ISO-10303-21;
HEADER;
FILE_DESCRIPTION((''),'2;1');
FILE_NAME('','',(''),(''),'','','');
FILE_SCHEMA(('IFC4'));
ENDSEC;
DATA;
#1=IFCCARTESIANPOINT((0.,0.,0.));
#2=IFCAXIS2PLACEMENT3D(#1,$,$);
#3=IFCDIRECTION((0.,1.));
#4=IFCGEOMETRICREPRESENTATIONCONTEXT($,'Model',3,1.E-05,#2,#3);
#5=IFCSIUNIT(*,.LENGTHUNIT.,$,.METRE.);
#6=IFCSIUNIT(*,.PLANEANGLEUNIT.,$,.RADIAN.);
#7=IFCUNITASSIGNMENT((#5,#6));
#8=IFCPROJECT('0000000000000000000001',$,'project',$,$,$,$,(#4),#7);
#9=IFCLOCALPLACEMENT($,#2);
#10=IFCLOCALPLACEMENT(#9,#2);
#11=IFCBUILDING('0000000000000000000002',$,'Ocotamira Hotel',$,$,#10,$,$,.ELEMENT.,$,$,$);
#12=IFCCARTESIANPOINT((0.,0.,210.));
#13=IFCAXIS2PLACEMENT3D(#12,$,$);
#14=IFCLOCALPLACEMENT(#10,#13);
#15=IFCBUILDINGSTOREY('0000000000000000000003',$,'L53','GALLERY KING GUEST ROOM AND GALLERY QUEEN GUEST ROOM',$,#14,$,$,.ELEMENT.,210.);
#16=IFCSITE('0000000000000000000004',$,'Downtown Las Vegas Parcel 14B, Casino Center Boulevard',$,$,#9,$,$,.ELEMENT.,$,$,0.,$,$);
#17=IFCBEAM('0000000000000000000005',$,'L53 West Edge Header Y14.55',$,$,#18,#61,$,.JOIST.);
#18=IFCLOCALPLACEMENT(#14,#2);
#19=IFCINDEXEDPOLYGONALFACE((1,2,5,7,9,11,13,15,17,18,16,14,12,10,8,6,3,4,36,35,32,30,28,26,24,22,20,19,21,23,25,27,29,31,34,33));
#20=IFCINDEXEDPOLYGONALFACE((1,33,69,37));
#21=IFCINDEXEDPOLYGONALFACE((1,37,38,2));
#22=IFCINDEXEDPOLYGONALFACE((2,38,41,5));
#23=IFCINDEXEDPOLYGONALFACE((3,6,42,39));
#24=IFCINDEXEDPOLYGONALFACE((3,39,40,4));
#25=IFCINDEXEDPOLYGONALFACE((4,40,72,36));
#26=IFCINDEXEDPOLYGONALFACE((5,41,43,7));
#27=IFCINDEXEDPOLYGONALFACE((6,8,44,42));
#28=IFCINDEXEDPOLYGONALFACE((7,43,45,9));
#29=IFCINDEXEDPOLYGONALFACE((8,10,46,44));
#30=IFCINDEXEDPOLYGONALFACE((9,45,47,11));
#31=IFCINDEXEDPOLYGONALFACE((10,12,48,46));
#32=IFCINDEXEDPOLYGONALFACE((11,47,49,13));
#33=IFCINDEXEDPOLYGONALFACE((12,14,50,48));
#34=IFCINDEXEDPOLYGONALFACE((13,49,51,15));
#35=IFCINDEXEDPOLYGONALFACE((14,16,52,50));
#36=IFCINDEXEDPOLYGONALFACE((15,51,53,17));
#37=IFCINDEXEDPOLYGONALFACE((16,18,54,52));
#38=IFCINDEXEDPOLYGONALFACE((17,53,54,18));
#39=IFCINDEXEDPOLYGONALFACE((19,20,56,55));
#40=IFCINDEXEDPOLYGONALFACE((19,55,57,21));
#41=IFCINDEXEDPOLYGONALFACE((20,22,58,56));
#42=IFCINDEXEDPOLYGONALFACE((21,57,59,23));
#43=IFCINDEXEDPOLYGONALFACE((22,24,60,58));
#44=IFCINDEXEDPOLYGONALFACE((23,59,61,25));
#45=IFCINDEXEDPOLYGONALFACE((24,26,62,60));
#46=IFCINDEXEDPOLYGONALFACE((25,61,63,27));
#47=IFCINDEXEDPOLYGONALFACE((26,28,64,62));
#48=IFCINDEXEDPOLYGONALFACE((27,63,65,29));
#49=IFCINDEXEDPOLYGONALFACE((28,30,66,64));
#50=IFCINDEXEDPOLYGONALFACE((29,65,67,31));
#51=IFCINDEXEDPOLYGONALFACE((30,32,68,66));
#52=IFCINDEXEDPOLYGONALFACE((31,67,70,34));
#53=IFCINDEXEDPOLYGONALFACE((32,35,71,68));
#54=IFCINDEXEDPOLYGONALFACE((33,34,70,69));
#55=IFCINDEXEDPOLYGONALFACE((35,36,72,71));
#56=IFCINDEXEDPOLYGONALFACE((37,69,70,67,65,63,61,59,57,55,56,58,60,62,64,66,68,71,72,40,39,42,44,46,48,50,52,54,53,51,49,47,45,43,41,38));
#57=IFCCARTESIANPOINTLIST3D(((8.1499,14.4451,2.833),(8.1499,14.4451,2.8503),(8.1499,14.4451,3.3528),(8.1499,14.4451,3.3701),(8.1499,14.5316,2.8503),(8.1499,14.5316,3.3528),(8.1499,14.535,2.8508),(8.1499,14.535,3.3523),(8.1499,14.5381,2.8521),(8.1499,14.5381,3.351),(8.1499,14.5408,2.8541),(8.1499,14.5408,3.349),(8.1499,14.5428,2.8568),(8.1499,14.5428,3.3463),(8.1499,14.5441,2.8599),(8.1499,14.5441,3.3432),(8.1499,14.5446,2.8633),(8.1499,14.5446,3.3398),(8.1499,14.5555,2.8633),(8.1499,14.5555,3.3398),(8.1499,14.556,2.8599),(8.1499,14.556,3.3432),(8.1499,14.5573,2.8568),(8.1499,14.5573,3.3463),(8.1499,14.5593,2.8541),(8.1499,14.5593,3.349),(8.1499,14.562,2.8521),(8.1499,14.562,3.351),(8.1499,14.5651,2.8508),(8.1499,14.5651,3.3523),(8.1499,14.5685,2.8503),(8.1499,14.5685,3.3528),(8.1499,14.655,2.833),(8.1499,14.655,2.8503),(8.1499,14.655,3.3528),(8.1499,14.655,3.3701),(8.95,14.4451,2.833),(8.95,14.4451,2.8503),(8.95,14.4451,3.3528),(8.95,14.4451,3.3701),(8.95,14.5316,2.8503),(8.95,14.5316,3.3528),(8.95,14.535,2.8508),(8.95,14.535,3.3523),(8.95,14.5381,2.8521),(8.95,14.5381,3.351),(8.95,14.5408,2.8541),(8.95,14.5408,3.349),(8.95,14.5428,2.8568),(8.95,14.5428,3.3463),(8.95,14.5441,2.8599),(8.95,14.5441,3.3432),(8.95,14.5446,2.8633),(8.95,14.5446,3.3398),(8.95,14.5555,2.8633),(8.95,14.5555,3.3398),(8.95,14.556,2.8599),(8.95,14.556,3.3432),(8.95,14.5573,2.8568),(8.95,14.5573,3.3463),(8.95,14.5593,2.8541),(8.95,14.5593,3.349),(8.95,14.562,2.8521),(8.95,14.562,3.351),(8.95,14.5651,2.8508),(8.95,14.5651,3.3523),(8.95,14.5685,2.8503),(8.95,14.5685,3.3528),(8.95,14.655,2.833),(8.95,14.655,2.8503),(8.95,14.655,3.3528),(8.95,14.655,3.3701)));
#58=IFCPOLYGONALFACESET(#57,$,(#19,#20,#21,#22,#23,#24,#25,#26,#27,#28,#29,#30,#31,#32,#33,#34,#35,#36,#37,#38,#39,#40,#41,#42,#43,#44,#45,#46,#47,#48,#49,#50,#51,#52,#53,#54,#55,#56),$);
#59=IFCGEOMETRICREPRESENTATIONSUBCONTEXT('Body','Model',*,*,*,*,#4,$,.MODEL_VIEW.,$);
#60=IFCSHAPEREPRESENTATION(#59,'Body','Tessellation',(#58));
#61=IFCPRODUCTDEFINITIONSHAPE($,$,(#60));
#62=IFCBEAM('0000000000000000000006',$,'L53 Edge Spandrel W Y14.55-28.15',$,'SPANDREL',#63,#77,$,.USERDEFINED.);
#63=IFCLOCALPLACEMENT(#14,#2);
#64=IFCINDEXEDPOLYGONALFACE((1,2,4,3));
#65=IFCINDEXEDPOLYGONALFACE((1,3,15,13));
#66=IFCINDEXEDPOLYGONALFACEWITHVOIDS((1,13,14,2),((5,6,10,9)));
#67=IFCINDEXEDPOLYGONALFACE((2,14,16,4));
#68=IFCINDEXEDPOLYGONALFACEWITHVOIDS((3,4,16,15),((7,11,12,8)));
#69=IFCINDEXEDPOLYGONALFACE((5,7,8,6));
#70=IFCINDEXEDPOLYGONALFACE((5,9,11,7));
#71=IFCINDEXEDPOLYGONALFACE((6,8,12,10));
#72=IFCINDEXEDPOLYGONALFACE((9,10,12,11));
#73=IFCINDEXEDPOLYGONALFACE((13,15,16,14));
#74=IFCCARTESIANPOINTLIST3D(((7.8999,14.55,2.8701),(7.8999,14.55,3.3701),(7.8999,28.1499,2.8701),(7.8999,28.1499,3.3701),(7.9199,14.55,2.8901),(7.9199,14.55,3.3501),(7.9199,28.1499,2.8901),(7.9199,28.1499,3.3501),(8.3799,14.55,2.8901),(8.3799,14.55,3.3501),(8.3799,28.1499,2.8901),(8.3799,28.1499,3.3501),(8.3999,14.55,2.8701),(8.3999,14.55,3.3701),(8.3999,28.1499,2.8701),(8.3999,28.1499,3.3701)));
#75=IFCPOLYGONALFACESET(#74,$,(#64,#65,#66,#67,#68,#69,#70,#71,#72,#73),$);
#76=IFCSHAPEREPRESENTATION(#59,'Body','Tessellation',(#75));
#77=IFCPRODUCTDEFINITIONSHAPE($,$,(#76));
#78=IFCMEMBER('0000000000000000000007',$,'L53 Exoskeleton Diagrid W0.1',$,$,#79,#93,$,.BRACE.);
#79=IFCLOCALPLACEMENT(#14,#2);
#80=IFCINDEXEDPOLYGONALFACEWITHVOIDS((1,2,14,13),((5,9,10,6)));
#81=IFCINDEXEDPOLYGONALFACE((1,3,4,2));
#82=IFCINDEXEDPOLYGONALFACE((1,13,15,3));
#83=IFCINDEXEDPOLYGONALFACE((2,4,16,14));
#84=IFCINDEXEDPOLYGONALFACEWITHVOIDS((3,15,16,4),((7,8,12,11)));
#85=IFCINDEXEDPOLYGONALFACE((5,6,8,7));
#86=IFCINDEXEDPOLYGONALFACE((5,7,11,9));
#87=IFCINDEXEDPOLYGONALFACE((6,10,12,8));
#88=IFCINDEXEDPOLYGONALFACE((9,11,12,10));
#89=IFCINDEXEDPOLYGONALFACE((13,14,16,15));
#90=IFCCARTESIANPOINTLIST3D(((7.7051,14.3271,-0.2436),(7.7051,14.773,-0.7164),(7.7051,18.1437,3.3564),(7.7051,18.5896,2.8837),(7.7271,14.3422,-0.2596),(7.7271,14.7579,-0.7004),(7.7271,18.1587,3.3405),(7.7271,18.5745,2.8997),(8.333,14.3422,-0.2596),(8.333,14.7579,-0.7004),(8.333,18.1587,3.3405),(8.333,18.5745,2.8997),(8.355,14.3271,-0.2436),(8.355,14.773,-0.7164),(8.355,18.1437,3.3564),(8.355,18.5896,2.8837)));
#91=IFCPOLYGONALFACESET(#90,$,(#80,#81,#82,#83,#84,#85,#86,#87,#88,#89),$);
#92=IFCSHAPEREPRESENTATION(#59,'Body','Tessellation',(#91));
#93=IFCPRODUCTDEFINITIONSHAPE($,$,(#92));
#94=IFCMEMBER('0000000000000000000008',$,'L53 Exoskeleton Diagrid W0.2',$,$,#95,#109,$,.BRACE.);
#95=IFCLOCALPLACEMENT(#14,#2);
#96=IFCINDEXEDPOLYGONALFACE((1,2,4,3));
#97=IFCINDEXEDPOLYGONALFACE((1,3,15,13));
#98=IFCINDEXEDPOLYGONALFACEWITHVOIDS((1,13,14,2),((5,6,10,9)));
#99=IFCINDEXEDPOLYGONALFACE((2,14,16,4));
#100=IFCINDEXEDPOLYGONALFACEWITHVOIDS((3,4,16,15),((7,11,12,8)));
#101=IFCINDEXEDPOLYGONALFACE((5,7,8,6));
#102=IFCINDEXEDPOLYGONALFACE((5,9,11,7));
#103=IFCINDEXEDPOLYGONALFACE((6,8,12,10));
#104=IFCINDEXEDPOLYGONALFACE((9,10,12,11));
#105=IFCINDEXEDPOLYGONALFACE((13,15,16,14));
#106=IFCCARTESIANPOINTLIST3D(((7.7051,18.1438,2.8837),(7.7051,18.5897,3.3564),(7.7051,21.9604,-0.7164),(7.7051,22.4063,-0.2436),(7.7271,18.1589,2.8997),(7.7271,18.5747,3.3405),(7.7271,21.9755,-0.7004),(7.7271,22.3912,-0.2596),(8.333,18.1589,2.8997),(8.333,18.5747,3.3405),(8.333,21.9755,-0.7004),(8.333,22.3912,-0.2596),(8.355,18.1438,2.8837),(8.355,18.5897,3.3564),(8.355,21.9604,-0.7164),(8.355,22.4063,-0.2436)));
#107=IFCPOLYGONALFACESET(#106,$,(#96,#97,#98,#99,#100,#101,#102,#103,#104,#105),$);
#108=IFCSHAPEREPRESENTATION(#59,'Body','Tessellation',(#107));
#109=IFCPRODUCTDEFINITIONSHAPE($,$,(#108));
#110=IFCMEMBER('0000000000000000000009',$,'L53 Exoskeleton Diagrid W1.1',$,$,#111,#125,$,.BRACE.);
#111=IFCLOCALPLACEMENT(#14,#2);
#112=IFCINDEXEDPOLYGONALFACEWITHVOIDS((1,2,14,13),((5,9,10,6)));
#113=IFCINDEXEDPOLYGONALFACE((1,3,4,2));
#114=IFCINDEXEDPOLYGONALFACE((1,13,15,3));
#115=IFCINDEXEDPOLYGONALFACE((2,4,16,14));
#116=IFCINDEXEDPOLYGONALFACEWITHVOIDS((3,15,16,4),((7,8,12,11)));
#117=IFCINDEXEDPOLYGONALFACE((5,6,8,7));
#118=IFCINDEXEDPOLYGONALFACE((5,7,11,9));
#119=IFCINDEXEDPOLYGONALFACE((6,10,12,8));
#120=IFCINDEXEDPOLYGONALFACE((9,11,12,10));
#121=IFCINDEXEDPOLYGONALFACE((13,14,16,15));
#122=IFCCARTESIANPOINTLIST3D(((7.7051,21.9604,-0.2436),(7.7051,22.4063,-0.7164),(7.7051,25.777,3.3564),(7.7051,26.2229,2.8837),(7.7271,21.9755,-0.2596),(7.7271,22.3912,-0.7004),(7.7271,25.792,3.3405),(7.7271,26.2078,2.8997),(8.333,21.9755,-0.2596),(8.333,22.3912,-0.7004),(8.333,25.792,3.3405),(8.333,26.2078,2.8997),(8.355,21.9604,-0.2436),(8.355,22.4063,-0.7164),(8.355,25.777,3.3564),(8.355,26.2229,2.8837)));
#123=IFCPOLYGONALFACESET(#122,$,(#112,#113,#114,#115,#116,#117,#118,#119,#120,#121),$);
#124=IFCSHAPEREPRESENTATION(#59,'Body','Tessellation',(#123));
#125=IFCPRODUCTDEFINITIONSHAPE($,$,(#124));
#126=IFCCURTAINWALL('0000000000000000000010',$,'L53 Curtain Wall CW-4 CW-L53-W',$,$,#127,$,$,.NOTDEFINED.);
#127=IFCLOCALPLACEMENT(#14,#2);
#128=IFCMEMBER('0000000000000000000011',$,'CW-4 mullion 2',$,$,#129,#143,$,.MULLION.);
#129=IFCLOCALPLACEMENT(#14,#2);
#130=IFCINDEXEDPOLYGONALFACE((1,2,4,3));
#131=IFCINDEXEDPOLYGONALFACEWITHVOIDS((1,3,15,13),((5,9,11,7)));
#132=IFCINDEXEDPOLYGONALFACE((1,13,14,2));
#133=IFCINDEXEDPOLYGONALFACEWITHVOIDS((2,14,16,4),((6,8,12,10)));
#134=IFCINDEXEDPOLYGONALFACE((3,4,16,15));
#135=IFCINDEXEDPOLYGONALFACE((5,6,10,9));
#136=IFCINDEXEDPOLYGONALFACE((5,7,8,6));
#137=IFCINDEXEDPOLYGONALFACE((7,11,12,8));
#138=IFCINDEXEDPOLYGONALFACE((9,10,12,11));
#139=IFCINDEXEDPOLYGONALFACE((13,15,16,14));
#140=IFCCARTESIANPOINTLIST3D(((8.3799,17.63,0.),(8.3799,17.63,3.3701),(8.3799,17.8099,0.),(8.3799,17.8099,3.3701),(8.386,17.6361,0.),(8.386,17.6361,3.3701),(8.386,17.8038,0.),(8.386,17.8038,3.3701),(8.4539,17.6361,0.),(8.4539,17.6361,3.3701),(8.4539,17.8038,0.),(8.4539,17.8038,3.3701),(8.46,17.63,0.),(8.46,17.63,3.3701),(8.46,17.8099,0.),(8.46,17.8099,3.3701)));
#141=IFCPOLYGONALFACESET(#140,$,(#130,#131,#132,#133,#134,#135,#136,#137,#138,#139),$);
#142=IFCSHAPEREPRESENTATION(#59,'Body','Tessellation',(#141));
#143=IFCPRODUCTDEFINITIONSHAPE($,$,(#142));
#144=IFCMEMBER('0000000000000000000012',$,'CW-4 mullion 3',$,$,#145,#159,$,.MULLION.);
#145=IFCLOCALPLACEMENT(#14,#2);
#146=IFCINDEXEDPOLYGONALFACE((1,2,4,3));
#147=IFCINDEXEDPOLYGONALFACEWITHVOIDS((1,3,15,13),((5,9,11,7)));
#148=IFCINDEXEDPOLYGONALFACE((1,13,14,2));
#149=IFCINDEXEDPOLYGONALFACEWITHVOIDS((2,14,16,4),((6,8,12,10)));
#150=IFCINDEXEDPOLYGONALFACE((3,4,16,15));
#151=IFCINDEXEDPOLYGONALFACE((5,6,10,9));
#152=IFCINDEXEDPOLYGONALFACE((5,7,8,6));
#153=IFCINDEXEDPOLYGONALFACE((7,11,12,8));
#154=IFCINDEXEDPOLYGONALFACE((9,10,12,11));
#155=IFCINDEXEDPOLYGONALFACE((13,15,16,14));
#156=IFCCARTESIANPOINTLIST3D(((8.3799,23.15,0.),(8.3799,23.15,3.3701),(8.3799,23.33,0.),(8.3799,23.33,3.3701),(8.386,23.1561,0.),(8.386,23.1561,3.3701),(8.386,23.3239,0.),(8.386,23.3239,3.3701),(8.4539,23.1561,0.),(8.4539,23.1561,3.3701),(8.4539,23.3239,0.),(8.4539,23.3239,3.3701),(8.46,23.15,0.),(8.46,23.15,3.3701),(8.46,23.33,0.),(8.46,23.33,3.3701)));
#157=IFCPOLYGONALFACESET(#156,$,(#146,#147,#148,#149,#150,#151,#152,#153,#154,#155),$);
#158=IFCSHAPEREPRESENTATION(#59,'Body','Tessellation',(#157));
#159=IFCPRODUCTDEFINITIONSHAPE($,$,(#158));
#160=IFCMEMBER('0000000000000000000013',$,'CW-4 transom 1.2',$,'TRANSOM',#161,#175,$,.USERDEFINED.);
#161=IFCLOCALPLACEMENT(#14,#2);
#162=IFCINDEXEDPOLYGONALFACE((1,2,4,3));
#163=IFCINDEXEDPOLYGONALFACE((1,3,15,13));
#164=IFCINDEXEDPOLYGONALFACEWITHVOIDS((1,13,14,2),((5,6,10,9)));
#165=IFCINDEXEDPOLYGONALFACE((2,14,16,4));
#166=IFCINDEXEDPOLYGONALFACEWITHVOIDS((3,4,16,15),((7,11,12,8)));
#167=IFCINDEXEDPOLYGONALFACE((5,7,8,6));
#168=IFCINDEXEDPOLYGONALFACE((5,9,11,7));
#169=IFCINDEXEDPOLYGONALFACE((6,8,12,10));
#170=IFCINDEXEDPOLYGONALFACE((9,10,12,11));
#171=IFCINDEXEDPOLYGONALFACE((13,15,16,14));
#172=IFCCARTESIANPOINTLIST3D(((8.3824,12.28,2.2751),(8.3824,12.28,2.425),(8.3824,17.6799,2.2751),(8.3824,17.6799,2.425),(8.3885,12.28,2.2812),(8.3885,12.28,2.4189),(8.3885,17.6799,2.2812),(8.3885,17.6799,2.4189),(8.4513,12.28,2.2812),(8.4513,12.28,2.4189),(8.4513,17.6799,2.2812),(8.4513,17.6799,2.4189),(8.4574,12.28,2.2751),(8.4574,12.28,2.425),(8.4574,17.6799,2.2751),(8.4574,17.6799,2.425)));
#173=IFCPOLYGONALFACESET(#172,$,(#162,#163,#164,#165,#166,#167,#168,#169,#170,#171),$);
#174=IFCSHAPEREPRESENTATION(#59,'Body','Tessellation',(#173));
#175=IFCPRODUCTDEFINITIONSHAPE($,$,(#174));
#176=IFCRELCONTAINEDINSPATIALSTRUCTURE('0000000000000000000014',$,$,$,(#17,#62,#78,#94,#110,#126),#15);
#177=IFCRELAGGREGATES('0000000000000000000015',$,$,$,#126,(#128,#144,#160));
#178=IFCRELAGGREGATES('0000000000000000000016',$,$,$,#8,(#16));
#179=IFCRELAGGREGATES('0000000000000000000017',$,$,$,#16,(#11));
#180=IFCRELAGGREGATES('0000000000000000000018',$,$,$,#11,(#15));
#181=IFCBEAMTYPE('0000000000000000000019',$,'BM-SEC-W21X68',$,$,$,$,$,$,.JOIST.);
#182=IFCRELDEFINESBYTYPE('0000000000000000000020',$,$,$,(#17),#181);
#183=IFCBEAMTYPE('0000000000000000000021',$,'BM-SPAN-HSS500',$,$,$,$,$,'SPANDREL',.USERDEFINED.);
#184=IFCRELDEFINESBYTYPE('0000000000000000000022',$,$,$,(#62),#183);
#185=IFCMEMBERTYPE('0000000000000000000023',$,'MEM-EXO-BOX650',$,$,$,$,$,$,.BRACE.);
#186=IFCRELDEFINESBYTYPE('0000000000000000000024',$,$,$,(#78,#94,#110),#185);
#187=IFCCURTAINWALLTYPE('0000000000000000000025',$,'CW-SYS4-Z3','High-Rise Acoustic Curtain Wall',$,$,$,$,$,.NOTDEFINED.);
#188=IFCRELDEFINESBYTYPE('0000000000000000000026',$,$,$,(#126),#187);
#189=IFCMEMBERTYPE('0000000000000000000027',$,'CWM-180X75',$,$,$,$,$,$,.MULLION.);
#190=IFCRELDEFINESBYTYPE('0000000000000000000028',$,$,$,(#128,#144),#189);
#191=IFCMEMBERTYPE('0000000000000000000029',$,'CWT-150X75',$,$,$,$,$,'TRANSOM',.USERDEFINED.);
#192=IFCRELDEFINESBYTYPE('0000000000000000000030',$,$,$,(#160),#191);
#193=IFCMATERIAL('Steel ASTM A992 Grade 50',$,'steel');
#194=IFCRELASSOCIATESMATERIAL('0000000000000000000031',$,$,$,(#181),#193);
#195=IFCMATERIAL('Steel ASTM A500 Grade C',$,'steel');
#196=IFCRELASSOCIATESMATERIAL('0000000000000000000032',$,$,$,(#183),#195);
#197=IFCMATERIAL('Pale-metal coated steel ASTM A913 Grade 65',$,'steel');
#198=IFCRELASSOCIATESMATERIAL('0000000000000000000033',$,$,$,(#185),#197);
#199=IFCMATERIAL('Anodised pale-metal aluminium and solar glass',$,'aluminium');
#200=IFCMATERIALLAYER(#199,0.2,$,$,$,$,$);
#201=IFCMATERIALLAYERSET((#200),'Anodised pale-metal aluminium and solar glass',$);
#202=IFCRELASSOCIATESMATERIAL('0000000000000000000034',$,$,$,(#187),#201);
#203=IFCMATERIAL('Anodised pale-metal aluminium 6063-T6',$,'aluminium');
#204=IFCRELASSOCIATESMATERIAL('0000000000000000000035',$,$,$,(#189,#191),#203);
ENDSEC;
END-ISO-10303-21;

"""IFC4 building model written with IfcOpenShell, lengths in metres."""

from ifc_helpers import new_model, si_unit, direction, frame, origin, origin_2d, place, context, subcontext, project, spatial, hollow_rectangle, i_section, extrude, source, transform, mapped, material, layer, layer_set, material_profile, profile_set, type_object, element, aggregate, save


model = new_model("IFC4")

# Units and contexts
model_context = context("Model", 3, precision=1e-05, world=origin(), true_north=direction((0.0, 1.0)))
body_context = subcontext(model_context, "Body", "Model", "MODEL_VIEW")
ifc_project = project(units=[si_unit("LENGTHUNIT", "METRE"), si_unit("PLANEANGLEUNIT", "RADIAN")], contexts=[model_context])

# Site, building, storey
site_placement = place(None, origin())
site = spatial("IfcSite", under=ifc_project, at=site_placement, Name="Downtown Las Vegas Parcel 14B, Casino Center Boulevard", CompositionType="ELEMENT", RefElevation=0.0)
building_placement = place(site_placement, origin())
building = spatial("IfcBuilding", under=site, at=building_placement, Name="Ocotamira Hotel", CompositionType="ELEMENT")
storey_placement = place(building_placement, frame((0.0, 0.0, 210.0)))
storey = spatial("IfcBuildingStorey", under=building, at=storey_placement, Name="L53", Description="GALLERY KING GUEST ROOM AND GALLERY QUEEN GUEST ROOM", CompositionType="ELEMENT", Elevation=210.0)

# Beams
ifc_material_1 = material(Name="Steel ASTM A992 Grade 50", Category="steel")
ifc_material_profile_1 = material_profile(ifc_material_1, i_section(OverallWidth=0.21, OverallDepth=0.5371, WebThickness=0.011, FlangeThickness=0.0173, FilletRadius=0.0129, at=origin_2d()), Name="W21X68")
ifc_profile_set_1 = profile_set([ifc_material_profile_1], Name="Steel ASTM A992 Grade 50")
beam_type_1 = type_object("IfcBeamType", Name="BM-SEC-W21X68", PredefinedType="JOIST", material=ifc_profile_set_1)
shared_shape_1 = source(origin(), body_context, "Body", "SweptSolid", [
    extrude(i_section(OverallWidth=0.21, OverallDepth=0.5371, WebThickness=0.011, FlangeThickness=0.0173, FilletRadius=0.0129, at=origin_2d()), origin(), (0.0, 0.0, 1.0), 0.8),
])
beam_1_placement = place(storey_placement, frame((8.95, 14.55, 3.1016), z_axis=(-1.0, 0.0, 0.0), x_axis=(0.0, -1.0, 0.0)))
element("IfcBeam", 1, at=beam_1_placement, inside=storey, type_object=beam_type_1, Name="L53 West Edge Header Y14.55", PredefinedType="JOIST", context=body_context, shape_type="MappedRepresentation", body=[
    mapped(shared_shape_1, transform((0.0, 0.0, 0.0), scale=1.0)),
])
ifc_material_2 = material(Name="Steel ASTM A500 Grade C", Category="steel")
ifc_material_profile_2 = material_profile(ifc_material_2, hollow_rectangle(XDim=0.5, YDim=0.5, WallThickness=0.02, at=origin_2d()), Name="HSS500X500X20")
ifc_profile_set_2 = profile_set([ifc_material_profile_2], Name="Steel ASTM A500 Grade C")
beam_type_2 = type_object("IfcBeamType", Name="BM-SPAN-HSS500", ElementType="SPANDREL", PredefinedType="USERDEFINED", material=ifc_profile_set_2)
shared_shape_2 = source(origin(), body_context, "Body", "SweptSolid", [
    extrude(hollow_rectangle(XDim=0.5, YDim=0.5, WallThickness=0.02, at=origin_2d()), origin(), (0.0, 0.0, 1.0), 13.5999),
])
beam_2_placement = place(storey_placement, frame((8.1499, 14.55, 3.1201), z_axis=(0.0, 1.0, 0.0), x_axis=(-1.0, 0.0, 0.0)))
element("IfcBeam", 2, at=beam_2_placement, inside=storey, type_object=beam_type_2, Name="L53 Edge Spandrel W Y14.55-28.15", ObjectType="SPANDREL", PredefinedType="USERDEFINED", context=body_context, shape_type="MappedRepresentation", body=[
    mapped(shared_shape_2, transform((0.0, 0.0, 0.0), scale=1.0)),
])

# Members
ifc_material_3 = material(Name="Pale-metal coated steel ASTM A913 Grade 65", Category="steel")
ifc_material_profile_3 = material_profile(ifc_material_3, hollow_rectangle(XDim=0.6499, YDim=0.6499, WallThickness=0.022, at=origin_2d()), Name="BOX650X650X22")
ifc_profile_set_3 = profile_set([ifc_material_profile_3], Name="Pale-metal coated steel ASTM A913 Grade 65")
member_type_1 = type_object("IfcMemberType", Name="MEM-EXO-BOX650", PredefinedType="BRACE", material=ifc_profile_set_3)
shared_shape_3 = source(origin(), body_context, "Body", "SweptSolid", [
    extrude(hollow_rectangle(XDim=0.6499, YDim=0.6499, WallThickness=0.022, at=origin_2d()), origin(), (0.0, 0.0, 1.0), 5.2466),
])
for number, where, z_axis, x_axis, name in (
    (3, (8.03, 14.55, -0.48), (0.0, 0.727443, 0.686168), (-1.0, 0.0, 0.0), "L53 Exoskeleton Diagrid W0.1"),
    (4, (8.03, 22.1833, -0.48), (0.0, -0.727443, 0.686168), (1.0, 0.0, 0.0), "L53 Exoskeleton Diagrid W0.2"),
    (5, (8.03, 22.1833, -0.48), (0.0, 0.727443, 0.686168), (-1.0, 0.0, 0.0), "L53 Exoskeleton Diagrid W1.1"),
):
    element("IfcMember", number, at=place(storey_placement, frame(where, z_axis=z_axis, x_axis=x_axis)), inside=storey, type_object=member_type_1, Name=name, PredefinedType="BRACE", context=body_context, shape_type="MappedRepresentation", body=[
        mapped(shared_shape_3, transform((0.0, 0.0, 0.0), scale=1.0)),
    ])

# Curtain wall, members
ifc_material_4 = material(Name="Anodised pale-metal aluminium and solar glass", Category="aluminium")
ifc_layer_1 = layer(ifc_material_4, 0.2)
ifc_layer_set_1 = layer_set([ifc_layer_1], Name="Anodised pale-metal aluminium and solar glass")
curtain_wall_type = type_object("IfcCurtainWallType", Name="CW-SYS4-Z3", Description="High-Rise Acoustic Curtain Wall", PredefinedType="NOTDEFINED", material=ifc_layer_set_1)
curtain_wall_placement = place(storey_placement, origin())
curtain_wall = element("IfcCurtainWall", 6, at=curtain_wall_placement, inside=storey, type_object=curtain_wall_type, Name="L53 Curtain Wall CW-4 CW-L53-W", PredefinedType="NOTDEFINED")
ifc_material_5 = material(Name="Anodised pale-metal aluminium 6063-T6", Category="aluminium")
ifc_material_profile_4 = material_profile(ifc_material_5, hollow_rectangle(XDim=0.0801, YDim=0.1799, WallThickness=0.0061, at=origin_2d()), Name="HSS180X80X6")
ifc_profile_set_4 = profile_set([ifc_material_profile_4], Name="Anodised pale-metal aluminium 6063-T6")
member_type_2 = type_object("IfcMemberType", Name="CWM-180X75", PredefinedType="MULLION", material=ifc_profile_set_4)
shared_shape_4 = source(origin(), body_context, "Body", "SweptSolid", [
    extrude(hollow_rectangle(XDim=0.0801, YDim=0.1799, WallThickness=0.0061, at=origin_2d()), origin(), (0.0, 0.0, 1.0), 3.3701),
])
member_1_placement = place(storey_placement, frame((8.4199, 17.72, 0.0), z_axis=(0.0, 0.0, 1.0), x_axis=(-1.0, 0.0, 0.0)))
member_1 = element("IfcMember", 7, at=member_1_placement, type_object=member_type_2, Name="CW-4 mullion 2", PredefinedType="MULLION", context=body_context, shape_type="MappedRepresentation", body=[
    mapped(shared_shape_4, transform((0.0, 0.0, 0.0), scale=1.0)),
])
member_2_placement = place(storey_placement, frame((8.4199, 23.24, 0.0), z_axis=(0.0, 0.0, 1.0), x_axis=(-1.0, 0.0, 0.0)))
member_2 = element("IfcMember", 8, at=member_2_placement, type_object=member_type_2, Name="CW-4 mullion 3", PredefinedType="MULLION", context=body_context, shape_type="MappedRepresentation", body=[
    mapped(shared_shape_4, transform((0.0, 0.0, 0.0), scale=1.0)),
])
ifc_material_profile_5 = material_profile(ifc_material_5, hollow_rectangle(XDim=0.075, YDim=0.1499, WallThickness=0.0061, at=origin_2d()), Name="HSS150X75X6")
ifc_profile_set_5 = profile_set([ifc_material_profile_5], Name="Anodised pale-metal aluminium 6063-T6")
member_type_3 = type_object("IfcMemberType", Name="CWT-150X75", ElementType="TRANSOM", PredefinedType="USERDEFINED", material=ifc_profile_set_5)
shared_shape_5 = source(origin(), body_context, "Body", "SweptSolid", [
    extrude(hollow_rectangle(XDim=0.075, YDim=0.1499, WallThickness=0.0061, at=origin_2d()), origin(), (0.0, 0.0, 1.0), 5.3999),
])
member_3_placement = place(storey_placement, frame((8.4199, 12.28, 2.3501), z_axis=(0.0, 1.0, 0.0), x_axis=(-1.0, 0.0, 0.0)))
member_3 = element("IfcMember", 9, at=member_3_placement, type_object=member_type_3, Name="CW-4 transom 1.2", ObjectType="TRANSOM", PredefinedType="USERDEFINED", context=body_context, shape_type="MappedRepresentation", body=[
    mapped(shared_shape_5, transform((0.0, 0.0, 0.0), scale=1.0)),
])

aggregate(curtain_wall, [member_1, member_2, member_3])

save(model, "model.ifc")
